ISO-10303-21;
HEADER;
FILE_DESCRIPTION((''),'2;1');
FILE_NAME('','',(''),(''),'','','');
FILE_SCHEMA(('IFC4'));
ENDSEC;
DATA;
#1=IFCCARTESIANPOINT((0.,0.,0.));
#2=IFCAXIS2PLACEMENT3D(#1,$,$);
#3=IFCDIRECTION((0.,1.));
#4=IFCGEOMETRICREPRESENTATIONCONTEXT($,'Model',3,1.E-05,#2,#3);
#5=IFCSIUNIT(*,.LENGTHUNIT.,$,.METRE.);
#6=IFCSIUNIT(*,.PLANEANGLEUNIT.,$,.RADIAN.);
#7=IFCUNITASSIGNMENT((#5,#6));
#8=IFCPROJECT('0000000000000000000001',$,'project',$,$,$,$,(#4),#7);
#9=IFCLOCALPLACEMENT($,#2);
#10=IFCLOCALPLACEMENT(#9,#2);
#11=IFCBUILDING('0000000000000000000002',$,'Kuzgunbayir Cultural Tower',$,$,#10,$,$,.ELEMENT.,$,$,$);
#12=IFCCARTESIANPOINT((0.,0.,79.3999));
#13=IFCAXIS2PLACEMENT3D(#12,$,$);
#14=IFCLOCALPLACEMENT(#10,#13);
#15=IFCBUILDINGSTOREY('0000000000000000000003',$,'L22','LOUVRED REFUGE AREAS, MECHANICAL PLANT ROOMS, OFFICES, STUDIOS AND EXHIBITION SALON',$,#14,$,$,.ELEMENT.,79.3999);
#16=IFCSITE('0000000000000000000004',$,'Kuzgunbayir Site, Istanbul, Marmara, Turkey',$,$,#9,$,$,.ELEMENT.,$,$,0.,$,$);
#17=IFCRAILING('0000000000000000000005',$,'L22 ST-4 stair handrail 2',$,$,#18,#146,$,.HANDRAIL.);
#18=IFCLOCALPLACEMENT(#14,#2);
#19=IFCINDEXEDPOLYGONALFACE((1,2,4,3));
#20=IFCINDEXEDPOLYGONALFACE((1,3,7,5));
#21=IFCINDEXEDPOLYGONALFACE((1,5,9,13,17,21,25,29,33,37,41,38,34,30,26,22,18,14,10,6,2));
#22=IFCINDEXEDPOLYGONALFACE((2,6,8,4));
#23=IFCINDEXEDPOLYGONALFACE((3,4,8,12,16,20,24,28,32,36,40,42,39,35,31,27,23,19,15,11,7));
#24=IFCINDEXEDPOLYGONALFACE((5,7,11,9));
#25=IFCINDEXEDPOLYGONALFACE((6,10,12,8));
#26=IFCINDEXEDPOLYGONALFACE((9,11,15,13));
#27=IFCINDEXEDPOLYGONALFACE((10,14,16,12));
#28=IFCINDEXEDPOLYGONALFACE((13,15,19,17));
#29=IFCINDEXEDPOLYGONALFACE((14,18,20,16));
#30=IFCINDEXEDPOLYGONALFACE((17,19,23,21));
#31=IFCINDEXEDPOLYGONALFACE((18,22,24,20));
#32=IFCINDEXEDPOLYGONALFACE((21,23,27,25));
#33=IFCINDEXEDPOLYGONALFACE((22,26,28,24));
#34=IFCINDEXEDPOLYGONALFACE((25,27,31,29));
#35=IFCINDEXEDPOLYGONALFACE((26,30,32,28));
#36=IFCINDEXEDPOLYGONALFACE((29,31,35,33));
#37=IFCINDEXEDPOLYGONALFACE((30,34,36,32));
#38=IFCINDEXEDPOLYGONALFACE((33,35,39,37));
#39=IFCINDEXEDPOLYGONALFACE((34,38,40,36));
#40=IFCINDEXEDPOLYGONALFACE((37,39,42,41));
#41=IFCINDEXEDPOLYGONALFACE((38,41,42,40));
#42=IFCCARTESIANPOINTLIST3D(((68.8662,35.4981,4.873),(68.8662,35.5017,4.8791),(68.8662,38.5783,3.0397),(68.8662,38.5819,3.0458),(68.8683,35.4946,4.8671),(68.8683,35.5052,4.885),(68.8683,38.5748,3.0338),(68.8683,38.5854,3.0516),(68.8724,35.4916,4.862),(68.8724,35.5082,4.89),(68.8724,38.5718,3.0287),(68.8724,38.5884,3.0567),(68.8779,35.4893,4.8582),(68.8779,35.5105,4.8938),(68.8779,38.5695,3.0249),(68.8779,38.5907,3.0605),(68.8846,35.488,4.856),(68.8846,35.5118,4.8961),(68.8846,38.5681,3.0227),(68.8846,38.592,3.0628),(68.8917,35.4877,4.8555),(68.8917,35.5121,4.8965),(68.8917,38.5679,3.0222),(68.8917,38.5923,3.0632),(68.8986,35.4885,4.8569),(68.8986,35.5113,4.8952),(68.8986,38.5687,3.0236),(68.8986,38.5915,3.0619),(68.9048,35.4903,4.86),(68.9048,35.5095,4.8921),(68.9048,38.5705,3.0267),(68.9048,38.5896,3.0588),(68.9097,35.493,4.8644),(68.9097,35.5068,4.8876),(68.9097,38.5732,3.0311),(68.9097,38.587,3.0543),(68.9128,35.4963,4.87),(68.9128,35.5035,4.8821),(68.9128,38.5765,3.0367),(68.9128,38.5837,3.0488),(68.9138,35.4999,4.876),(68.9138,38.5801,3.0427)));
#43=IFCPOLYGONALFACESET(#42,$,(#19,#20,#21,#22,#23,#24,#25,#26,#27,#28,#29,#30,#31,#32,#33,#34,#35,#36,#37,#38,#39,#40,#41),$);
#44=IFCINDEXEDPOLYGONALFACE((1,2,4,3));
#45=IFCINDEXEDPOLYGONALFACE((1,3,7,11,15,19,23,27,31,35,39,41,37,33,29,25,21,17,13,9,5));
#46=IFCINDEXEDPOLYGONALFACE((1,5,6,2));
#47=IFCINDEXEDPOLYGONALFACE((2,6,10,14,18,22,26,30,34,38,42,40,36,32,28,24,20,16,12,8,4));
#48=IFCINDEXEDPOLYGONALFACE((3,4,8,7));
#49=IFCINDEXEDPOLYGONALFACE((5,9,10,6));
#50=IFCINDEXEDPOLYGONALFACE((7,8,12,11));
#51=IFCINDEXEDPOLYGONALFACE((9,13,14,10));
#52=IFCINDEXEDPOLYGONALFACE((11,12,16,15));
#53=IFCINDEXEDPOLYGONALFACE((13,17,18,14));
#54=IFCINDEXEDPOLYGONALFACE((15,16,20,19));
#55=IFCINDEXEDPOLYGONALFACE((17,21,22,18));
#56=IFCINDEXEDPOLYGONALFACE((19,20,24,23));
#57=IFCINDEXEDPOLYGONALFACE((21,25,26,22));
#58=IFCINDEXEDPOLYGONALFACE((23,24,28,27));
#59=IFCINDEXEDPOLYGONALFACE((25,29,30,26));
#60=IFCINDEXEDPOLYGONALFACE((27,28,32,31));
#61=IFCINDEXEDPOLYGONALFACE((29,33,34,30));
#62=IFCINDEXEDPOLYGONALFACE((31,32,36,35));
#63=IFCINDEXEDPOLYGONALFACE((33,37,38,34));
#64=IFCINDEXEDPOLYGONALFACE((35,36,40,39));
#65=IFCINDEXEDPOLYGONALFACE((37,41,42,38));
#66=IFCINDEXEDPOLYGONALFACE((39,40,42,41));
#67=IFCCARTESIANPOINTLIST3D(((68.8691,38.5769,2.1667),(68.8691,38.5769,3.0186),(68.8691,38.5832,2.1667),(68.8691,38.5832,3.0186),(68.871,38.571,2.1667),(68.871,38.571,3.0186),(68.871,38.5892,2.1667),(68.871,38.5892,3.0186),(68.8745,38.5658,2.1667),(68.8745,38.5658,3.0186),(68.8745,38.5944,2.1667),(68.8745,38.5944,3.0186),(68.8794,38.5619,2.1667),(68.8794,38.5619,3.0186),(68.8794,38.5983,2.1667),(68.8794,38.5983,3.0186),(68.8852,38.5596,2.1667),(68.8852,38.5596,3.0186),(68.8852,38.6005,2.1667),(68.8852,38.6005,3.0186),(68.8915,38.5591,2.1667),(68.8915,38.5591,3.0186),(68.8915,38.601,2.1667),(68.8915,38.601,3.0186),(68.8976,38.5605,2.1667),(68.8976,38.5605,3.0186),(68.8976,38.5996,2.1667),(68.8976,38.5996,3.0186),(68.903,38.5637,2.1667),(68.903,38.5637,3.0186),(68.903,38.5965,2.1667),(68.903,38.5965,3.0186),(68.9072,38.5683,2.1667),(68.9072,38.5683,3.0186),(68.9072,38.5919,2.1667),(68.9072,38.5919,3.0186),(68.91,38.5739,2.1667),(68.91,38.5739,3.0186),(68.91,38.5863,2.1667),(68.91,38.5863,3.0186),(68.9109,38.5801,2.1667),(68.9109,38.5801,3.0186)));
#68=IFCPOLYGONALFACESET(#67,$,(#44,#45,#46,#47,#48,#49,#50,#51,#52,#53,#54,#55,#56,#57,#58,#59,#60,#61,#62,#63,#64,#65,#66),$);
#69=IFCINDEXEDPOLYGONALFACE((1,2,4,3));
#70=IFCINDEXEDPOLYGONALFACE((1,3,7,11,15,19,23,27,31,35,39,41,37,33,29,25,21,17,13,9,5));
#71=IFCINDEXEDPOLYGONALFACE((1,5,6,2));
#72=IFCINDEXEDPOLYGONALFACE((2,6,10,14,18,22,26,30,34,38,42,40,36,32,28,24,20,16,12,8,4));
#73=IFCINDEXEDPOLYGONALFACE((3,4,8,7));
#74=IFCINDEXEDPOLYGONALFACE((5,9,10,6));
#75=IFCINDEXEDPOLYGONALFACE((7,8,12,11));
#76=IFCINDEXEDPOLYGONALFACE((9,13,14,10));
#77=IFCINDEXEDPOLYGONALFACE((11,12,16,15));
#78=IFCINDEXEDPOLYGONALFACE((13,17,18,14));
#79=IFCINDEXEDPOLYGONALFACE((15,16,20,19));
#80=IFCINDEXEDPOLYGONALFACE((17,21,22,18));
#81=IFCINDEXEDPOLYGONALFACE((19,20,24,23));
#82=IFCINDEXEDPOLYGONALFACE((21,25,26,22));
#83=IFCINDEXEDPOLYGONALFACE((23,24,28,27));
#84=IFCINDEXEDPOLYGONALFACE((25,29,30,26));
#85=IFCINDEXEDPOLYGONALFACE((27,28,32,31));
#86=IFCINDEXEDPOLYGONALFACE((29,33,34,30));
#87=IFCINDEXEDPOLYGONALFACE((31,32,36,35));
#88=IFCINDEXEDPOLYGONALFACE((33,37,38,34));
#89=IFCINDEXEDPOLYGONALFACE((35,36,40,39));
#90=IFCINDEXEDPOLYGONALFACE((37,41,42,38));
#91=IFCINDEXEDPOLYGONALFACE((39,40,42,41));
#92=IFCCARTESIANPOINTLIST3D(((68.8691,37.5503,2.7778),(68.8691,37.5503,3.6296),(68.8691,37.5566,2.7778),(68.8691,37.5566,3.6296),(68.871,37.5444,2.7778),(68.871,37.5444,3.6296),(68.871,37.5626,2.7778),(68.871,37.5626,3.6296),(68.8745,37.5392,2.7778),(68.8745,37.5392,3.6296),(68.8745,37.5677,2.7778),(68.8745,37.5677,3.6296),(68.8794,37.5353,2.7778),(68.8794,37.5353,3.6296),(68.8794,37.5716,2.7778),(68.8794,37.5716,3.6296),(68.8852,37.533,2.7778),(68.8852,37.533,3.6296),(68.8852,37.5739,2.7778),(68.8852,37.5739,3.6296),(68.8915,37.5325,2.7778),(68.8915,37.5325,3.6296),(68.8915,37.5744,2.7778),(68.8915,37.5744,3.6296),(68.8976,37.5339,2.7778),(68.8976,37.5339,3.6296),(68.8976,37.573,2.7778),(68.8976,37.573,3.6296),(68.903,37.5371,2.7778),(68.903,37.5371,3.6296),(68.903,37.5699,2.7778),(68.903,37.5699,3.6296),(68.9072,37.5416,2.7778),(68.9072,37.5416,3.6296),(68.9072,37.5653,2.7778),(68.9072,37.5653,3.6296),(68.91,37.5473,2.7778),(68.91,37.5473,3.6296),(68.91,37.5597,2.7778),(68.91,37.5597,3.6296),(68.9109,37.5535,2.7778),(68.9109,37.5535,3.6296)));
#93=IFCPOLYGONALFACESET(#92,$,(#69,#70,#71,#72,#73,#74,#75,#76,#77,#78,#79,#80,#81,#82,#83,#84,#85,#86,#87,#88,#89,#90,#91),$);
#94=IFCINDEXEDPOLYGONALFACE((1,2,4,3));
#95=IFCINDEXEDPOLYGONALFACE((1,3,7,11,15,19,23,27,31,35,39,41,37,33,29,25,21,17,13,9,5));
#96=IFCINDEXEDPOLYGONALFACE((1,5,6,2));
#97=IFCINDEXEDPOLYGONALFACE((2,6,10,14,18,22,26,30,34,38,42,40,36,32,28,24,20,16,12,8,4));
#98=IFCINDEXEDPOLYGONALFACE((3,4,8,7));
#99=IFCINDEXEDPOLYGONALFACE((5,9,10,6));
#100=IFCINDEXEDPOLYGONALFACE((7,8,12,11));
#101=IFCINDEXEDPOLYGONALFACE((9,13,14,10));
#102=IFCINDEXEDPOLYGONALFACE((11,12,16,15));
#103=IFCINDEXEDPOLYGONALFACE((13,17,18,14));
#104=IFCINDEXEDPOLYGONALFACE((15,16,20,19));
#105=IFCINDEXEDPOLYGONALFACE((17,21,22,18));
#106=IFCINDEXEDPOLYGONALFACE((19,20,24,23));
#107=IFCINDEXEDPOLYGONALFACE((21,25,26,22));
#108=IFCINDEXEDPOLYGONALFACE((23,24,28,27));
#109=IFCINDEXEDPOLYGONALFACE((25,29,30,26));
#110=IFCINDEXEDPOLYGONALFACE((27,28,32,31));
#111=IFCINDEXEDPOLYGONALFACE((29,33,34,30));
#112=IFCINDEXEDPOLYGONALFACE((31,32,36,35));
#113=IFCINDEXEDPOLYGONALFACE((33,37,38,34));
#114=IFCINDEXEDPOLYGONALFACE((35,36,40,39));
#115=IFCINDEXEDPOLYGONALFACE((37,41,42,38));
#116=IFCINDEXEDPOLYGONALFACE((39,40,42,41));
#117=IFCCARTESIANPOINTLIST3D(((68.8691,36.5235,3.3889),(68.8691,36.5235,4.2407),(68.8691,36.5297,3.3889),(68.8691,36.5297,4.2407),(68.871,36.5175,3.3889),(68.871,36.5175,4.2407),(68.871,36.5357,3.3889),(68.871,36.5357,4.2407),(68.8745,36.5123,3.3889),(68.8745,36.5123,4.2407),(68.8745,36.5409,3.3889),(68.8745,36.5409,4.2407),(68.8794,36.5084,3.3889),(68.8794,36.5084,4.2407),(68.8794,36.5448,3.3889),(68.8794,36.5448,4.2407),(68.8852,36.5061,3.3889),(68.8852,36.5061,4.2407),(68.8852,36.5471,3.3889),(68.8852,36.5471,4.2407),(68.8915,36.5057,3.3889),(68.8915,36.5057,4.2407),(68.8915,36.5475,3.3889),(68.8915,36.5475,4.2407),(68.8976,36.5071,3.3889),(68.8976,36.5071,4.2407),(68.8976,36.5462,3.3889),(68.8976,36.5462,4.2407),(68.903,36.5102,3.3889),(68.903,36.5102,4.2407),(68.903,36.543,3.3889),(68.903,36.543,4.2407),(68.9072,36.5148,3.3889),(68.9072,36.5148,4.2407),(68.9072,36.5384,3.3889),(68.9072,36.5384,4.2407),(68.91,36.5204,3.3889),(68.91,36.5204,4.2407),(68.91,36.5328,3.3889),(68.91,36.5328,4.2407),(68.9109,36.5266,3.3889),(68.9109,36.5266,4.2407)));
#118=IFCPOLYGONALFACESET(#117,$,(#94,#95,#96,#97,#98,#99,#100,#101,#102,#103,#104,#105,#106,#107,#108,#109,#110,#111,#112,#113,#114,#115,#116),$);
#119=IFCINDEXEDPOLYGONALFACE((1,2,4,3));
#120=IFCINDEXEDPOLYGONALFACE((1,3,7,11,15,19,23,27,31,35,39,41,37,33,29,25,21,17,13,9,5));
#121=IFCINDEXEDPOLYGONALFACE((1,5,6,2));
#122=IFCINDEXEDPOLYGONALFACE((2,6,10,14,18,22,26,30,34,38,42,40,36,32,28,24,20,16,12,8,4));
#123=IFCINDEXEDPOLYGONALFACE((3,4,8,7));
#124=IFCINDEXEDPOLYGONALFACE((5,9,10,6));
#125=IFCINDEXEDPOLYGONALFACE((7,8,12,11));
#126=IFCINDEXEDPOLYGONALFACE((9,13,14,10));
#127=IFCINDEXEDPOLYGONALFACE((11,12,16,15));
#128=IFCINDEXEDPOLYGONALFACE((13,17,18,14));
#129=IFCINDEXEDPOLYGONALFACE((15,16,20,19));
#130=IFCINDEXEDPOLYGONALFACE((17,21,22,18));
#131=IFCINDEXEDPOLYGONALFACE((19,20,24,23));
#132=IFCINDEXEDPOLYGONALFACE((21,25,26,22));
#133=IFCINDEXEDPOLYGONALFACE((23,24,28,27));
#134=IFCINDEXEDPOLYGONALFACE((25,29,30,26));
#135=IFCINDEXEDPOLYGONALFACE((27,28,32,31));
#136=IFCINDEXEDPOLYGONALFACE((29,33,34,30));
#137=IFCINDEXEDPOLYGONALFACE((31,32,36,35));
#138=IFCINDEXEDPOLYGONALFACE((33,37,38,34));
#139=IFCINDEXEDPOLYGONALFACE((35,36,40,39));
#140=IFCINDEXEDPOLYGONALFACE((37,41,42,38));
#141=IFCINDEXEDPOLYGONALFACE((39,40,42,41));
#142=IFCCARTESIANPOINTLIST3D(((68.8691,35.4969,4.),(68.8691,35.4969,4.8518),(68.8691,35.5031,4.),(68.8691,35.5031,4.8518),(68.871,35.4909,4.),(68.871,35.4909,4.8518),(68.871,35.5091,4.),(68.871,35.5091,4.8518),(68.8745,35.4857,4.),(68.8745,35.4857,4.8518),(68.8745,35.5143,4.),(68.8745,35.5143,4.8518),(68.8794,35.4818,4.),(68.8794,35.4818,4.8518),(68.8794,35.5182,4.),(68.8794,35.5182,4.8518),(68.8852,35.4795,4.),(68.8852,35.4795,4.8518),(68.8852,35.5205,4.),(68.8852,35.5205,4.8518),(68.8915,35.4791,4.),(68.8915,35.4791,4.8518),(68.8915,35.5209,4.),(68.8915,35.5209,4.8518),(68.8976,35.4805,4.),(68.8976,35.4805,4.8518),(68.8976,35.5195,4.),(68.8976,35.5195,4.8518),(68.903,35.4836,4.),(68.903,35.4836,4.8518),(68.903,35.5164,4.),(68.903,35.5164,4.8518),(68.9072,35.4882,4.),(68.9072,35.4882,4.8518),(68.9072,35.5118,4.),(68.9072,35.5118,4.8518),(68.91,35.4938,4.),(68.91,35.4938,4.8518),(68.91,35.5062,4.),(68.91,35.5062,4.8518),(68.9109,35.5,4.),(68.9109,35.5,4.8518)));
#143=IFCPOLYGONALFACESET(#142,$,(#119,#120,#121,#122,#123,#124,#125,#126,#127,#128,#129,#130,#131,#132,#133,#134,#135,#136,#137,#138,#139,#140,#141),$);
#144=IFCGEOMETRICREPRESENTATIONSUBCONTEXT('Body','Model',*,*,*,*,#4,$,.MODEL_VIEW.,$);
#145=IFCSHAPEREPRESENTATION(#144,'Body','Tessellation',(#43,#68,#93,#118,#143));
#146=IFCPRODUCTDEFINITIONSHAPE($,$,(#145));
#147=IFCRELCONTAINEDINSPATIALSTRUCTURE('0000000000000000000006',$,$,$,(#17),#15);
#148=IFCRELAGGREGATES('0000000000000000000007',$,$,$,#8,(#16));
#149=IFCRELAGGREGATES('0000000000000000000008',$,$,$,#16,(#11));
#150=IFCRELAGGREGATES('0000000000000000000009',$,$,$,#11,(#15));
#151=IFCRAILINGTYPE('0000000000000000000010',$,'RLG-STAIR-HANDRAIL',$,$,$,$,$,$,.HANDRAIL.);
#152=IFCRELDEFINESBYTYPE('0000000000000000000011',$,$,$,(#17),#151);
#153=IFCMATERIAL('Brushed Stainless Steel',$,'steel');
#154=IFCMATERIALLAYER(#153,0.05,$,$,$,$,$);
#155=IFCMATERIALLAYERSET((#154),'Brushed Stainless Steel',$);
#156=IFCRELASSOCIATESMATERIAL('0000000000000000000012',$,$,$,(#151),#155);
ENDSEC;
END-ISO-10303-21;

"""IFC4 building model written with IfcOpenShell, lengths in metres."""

from ifc_helpers import new_model, si_unit, direction, frame, origin, origin_2d, place, context, subcontext, project, spatial, circle, extrude, material, layer, layer_set, type_object, element, save


model = new_model("IFC4")

# Units and contexts
model_context = context("Model", 3, precision=1e-05, world=origin(), true_north=direction((0.0, 1.0)))
body_context = subcontext(model_context, "Body", "Model", "MODEL_VIEW")
ifc_project = project(units=[si_unit("LENGTHUNIT", "METRE"), si_unit("PLANEANGLEUNIT", "RADIAN")], contexts=[model_context])

# Site, building, storey
site_placement = place(None, origin())
site = spatial("IfcSite", under=ifc_project, at=site_placement, Name="Kuzgunbayir Site, Istanbul, Marmara, Turkey", CompositionType="ELEMENT", RefElevation=0.0)
building_placement = place(site_placement, origin())
building = spatial("IfcBuilding", under=site, at=building_placement, Name="Kuzgunbayir Cultural Tower", CompositionType="ELEMENT")
storey_placement = place(building_placement, frame((0.0, 0.0, 79.3999)))
storey = spatial("IfcBuildingStorey", under=building, at=storey_placement, Name="L22", Description="LOUVRED REFUGE AREAS, MECHANICAL PLANT ROOMS, OFFICES, STUDIOS AND EXHIBITION SALON", CompositionType="ELEMENT", Elevation=79.3999)

# Shared definitions
ifc_material_1 = material(Name="Brushed Stainless Steel", Category="steel")

# Railing
ifc_layer_1 = layer(ifc_material_1, 0.05)
ifc_layer_set_1 = layer_set([ifc_layer_1], Name="Brushed Stainless Steel")
railing_type_1 = type_object("IfcRailingType", Name="RLG-STAIR-HANDRAIL", PredefinedType="HANDRAIL", material=ifc_layer_set_1)
railing_1_placement = place(storey_placement, frame((68.8899, 38.5801, 2.1667)))
element("IfcRailing", 1, at=railing_1_placement, inside=storey, type_object=railing_type_1, Name="L22 ST-4 stair handrail 2", PredefinedType="HANDRAIL", context=body_context, shape_type="SweptSolid", body=[
    extrude(circle(Radius=0.0239, at=origin_2d()), frame((0.0, 0.0, 0.876), z_axis=(0.0, -0.859309, 0.511458), x_axis=(1.0, 0.0, 0.0)), (0.0, 0.0, 1.0), 3.5845),
    extrude(circle(Radius=0.021, at=origin_2d()), origin(), (0.0, 0.0, 1.0), 0.8518),
    extrude(circle(Radius=0.021, at=origin_2d()), frame((0.0, -1.0266, 0.6111)), (0.0, 0.0, 1.0), 0.8518),
    extrude(circle(Radius=0.021, at=origin_2d()), frame((0.0, -2.0535, 1.2222)), (0.0, 0.0, 1.0), 0.8518),
    extrude(circle(Radius=0.021, at=origin_2d()), frame((0.0, -3.0801, 1.8333)), (0.0, 0.0, 1.0), 0.8518),
])

save(model, "model.ifc")
